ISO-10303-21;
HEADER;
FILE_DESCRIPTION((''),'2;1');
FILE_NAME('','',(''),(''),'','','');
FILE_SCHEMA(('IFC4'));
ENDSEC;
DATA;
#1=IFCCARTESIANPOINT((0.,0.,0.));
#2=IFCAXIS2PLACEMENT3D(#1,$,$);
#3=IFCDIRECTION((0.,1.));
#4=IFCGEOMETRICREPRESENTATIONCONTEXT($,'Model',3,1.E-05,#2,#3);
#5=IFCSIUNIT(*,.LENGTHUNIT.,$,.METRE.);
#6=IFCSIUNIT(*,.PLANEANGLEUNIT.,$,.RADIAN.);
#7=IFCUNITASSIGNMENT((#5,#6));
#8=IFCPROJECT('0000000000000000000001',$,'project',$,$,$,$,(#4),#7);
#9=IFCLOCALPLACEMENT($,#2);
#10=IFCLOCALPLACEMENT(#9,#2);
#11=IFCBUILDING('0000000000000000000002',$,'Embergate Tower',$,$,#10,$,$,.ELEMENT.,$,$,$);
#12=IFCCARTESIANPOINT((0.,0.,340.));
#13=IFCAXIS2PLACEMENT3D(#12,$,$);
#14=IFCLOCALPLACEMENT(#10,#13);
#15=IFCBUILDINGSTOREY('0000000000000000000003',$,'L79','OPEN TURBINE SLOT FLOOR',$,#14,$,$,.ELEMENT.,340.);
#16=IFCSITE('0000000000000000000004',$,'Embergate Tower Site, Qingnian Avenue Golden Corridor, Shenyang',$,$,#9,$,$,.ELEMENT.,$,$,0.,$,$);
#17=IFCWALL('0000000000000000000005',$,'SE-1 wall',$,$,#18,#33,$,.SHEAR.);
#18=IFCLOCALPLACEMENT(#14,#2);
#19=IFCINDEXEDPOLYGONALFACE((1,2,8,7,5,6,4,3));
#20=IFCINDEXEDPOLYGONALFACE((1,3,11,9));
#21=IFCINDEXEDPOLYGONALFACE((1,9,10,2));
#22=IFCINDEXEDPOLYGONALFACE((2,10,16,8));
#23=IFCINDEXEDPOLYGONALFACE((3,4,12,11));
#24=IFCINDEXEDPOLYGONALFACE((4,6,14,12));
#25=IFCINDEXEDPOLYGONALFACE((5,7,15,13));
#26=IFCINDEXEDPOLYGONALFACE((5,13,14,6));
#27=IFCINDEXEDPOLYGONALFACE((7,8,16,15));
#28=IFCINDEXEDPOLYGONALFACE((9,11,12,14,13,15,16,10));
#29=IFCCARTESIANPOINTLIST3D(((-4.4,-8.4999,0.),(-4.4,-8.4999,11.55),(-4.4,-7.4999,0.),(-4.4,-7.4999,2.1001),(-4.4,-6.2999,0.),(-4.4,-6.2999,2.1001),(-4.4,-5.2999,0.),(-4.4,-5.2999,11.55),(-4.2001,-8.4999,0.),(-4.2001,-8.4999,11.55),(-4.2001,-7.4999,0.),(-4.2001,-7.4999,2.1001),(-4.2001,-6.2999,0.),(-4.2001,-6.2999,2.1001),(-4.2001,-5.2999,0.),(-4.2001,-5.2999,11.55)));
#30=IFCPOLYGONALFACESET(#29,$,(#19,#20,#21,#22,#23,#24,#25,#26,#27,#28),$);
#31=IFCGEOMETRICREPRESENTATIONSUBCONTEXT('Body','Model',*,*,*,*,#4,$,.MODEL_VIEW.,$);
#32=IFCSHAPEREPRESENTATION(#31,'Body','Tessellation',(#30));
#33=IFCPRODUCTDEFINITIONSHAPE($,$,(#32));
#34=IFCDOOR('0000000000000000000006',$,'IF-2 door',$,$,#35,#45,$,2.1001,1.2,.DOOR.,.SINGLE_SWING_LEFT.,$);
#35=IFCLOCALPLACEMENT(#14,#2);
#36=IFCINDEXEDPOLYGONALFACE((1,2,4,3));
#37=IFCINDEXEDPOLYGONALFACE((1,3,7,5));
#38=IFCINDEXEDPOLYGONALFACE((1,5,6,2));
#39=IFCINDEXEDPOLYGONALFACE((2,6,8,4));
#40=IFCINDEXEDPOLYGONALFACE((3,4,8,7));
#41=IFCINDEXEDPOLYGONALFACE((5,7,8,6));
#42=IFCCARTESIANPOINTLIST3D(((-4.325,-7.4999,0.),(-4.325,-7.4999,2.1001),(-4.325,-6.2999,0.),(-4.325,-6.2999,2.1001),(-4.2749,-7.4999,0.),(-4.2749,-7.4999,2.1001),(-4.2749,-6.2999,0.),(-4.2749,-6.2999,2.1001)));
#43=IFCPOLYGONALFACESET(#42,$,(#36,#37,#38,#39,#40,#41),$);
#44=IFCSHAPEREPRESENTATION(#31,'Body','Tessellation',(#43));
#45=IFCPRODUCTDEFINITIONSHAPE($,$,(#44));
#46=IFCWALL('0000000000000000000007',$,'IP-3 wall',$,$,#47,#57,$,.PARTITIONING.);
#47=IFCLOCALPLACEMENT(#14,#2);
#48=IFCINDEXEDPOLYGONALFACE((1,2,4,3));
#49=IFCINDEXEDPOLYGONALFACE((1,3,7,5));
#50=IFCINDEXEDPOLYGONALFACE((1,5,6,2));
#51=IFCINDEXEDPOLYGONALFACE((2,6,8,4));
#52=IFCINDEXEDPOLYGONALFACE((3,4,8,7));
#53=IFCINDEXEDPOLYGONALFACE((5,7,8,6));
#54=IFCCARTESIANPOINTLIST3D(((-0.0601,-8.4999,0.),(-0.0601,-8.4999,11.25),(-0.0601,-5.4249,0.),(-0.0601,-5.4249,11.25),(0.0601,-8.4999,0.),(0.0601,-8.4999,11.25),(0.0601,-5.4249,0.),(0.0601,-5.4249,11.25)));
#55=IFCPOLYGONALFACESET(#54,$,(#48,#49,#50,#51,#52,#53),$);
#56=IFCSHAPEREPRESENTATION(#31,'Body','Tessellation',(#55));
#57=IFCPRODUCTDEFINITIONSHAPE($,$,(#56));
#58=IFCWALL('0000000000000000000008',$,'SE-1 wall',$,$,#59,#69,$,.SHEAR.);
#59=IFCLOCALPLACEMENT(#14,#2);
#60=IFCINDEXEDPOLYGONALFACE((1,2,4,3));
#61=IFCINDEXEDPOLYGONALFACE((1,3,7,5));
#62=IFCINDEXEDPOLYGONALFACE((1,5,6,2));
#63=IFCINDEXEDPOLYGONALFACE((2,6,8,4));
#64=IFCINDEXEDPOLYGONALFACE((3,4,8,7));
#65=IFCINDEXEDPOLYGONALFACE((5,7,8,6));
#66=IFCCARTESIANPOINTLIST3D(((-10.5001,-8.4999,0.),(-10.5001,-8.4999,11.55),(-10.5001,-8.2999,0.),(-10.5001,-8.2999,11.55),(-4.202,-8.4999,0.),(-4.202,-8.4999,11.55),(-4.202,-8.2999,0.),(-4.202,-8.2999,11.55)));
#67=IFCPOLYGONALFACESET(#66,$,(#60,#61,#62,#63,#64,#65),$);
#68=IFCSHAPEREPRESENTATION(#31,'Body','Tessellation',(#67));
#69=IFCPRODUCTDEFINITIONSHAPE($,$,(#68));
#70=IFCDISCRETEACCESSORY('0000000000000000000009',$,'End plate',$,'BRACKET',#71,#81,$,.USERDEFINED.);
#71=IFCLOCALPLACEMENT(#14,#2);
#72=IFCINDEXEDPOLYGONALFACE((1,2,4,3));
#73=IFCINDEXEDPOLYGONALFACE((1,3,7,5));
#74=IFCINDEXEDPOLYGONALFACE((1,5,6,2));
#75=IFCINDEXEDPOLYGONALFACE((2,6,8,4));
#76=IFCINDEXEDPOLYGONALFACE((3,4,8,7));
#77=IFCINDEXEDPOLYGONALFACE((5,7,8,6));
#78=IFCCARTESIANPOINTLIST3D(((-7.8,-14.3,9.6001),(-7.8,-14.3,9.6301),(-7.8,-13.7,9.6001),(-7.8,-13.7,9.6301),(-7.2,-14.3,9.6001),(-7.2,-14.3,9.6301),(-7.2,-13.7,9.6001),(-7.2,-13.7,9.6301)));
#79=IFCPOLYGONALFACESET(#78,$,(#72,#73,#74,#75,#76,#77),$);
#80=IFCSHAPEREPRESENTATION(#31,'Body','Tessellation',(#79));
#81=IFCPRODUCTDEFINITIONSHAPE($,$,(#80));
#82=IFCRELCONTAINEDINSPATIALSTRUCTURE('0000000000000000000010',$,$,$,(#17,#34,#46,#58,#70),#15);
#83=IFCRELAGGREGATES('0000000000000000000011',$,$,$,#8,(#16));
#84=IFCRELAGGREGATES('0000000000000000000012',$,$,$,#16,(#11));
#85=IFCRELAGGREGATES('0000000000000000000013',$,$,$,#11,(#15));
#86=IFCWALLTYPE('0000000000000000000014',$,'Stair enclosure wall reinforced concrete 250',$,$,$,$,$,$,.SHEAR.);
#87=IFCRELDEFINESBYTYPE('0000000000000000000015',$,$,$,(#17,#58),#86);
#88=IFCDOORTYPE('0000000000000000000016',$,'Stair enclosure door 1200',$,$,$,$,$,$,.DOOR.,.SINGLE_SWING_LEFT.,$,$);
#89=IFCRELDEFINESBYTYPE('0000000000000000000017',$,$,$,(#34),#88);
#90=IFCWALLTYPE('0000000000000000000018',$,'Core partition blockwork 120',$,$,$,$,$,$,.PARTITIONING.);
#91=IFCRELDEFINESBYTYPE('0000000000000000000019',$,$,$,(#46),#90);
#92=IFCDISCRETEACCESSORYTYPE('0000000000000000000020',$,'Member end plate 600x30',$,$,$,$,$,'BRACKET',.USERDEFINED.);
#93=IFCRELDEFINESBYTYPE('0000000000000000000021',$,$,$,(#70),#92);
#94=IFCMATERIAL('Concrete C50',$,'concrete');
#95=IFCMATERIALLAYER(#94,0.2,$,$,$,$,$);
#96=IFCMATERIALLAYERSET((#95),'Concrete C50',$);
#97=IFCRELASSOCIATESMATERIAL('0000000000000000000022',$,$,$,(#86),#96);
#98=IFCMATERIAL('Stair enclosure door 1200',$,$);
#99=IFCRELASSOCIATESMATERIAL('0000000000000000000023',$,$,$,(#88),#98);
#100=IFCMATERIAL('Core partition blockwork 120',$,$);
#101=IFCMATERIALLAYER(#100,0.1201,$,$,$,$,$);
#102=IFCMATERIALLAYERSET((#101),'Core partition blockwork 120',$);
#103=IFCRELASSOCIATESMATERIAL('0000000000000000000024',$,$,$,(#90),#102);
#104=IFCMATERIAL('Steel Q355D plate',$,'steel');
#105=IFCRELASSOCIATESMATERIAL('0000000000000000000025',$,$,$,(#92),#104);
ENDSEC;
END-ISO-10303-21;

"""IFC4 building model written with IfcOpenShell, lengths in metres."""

from ifc_helpers import new_model, si_unit, direction, frame, frame_2d, origin, origin_2d, place, context, subcontext, project, spatial, rectangle, extrude, source, transform, mapped, material, layer, layer_set, type_object, element, fill, save


model = new_model("IFC4")

# Units and contexts
model_context = context("Model", 3, precision=1e-05, world=origin(), true_north=direction((0.0, 1.0)))
body_context = subcontext(model_context, "Body", "Model", "MODEL_VIEW")
ifc_project = project(units=[si_unit("LENGTHUNIT", "METRE"), si_unit("PLANEANGLEUNIT", "RADIAN")], contexts=[model_context])

# Site, building, storey
site_placement = place(None, origin())
site = spatial("IfcSite", under=ifc_project, at=site_placement, Name="Embergate Tower Site, Qingnian Avenue Golden Corridor, Shenyang", CompositionType="ELEMENT", RefElevation=0.0)
building_placement = place(site_placement, origin())
building = spatial("IfcBuilding", under=site, at=building_placement, Name="Embergate Tower", CompositionType="ELEMENT")
storey_placement = place(building_placement, frame((0.0, 0.0, 340.0)))
storey = spatial("IfcBuildingStorey", under=building, at=storey_placement, Name="L79", Description="OPEN TURBINE SLOT FLOOR", CompositionType="ELEMENT", Elevation=340.0)

# Shared definitions
ifc_material_1 = material(Name="Concrete C50", Category="concrete")
shared_shape_1 = source(origin(), body_context, "Body", "SweptSolid", [
    extrude(rectangle(XDim=1.2, YDim=2.1001, at=frame_2d((0.6001, 1.05))), frame((0.0, 0.0249, 0.0), z_axis=(0.0, -1.0, 0.0), x_axis=(1.0, 0.0, 0.0)), (0.0, 0.0, 1.0), 0.05),
])

# Wall, opening, door
ifc_layer_1 = layer(ifc_material_1, 0.2)
ifc_layer_set_1 = layer_set([ifc_layer_1], Name="Concrete C50")
wall_type_1 = type_object("IfcWallType", Name="Stair enclosure wall reinforced concrete 250", PredefinedType="SHEAR", material=ifc_layer_set_1)
shared_shape_2 = source(origin(), body_context, "Body", "SweptSolid", [
    extrude(rectangle(XDim=3.2, YDim=0.2, at=frame_2d((1.6001, 0.0))), origin(), (0.0, 0.0, 1.0), 11.55),
])
wall_1_placement = place(storey_placement, frame((-4.3, -8.5, 0.0), z_axis=(0.0, 0.0, 1.0), x_axis=(0.0, 1.0, 0.0)))
wall_1 = element("IfcWall", 1, at=wall_1_placement, inside=storey, type_object=wall_type_1, Name="SE-1 wall", PredefinedType="SHEAR", context=body_context, shape_type="MappedRepresentation", body=[
    mapped(shared_shape_2, transform((0.0, 0.0, 0.0))),
])
shared_shape_3 = source(origin(), body_context, "Body", "SweptSolid", [
    extrude(rectangle(XDim=1.2, YDim=2.1001, at=frame_2d((0.6001, 1.05))), frame((0.0, 0.1099, 0.0), z_axis=(0.0, -1.0, 0.0), x_axis=(1.0, 0.0, 0.0)), (0.0, 0.0, 1.0), 0.22),
])
opening_1_placement = place(wall_1_placement, frame((1.0, 0.0, 0.0)))
opening_1 = element("IfcOpeningElement", 2, at=opening_1_placement, cuts=wall_1, PredefinedType="OPENING", context=body_context, shape_type="MappedRepresentation", body=[
    mapped(shared_shape_3, transform((0.0, 0.0, 0.0))),
])
ifc_material_2 = material(Name="Stair enclosure door 1200")
door_type_1 = type_object("IfcDoorType", Name="Stair enclosure door 1200", OperationType="SINGLE_SWING_LEFT", PredefinedType="DOOR", material=ifc_material_2)
door_1_placement = place(opening_1_placement, origin())
door_1 = element("IfcDoor", 3, at=door_1_placement, inside=storey, type_object=door_type_1, Name="IF-2 door", OperationType="SINGLE_SWING_LEFT", OverallHeight=2.1001, OverallWidth=1.2, PredefinedType="DOOR", context=body_context, shape_type="MappedRepresentation", body=[
    mapped(shared_shape_1, transform((0.0, 0.0, 0.0))),
])
fill(opening_1, door_1)

# Walls
ifc_material_3 = material(Name="Core partition blockwork 120")
ifc_layer_2 = layer(ifc_material_3, 0.1201)
ifc_layer_set_2 = layer_set([ifc_layer_2], Name="Core partition blockwork 120")
wall_type_2 = type_object("IfcWallType", Name="Core partition blockwork 120", PredefinedType="PARTITIONING", material=ifc_layer_set_2)
shared_shape_4 = source(origin(), body_context, "Body", "SweptSolid", [
    extrude(rectangle(XDim=3.075, YDim=0.1201, at=frame_2d((1.5376, 0.0))), origin(), (0.0, 0.0, 1.0), 11.25),
])
wall_2_placement = place(storey_placement, frame((0.0, -8.5, 0.0), z_axis=(0.0, 0.0, 1.0), x_axis=(0.0, 1.0, 0.0)))
element("IfcWall", 4, at=wall_2_placement, inside=storey, type_object=wall_type_2, Name="IP-3 wall", PredefinedType="PARTITIONING", context=body_context, shape_type="MappedRepresentation", body=[
    mapped(shared_shape_4, transform((0.0, 0.0, 0.0))),
])
shared_shape_5 = source(origin(), body_context, "Body", "SweptSolid", [
    extrude(rectangle(XDim=6.2981, YDim=0.2, at=frame_2d((3.1489, 0.0))), origin(), (0.0, 0.0, 1.0), 11.55),
])
wall_3_placement = place(storey_placement, frame((-10.5, -8.3999, 0.0), z_axis=(0.0, 0.0, 1.0), x_axis=(1.0, 0.0, 0.0)))
element("IfcWall", 5, at=wall_3_placement, inside=storey, type_object=wall_type_1, Name="SE-1 wall", PredefinedType="SHEAR", context=body_context, shape_type="MappedRepresentation", body=[
    mapped(shared_shape_5, transform((0.0, 0.0, 0.0))),
])

# Discrete accessory
ifc_material_4 = material(Name="Steel Q355D plate", Category="steel")
discrete_accessory_type = type_object("IfcDiscreteAccessoryType", Name="Member end plate 600x30", ElementType="BRACKET", PredefinedType="USERDEFINED", material=ifc_material_4)
shared_shape_6 = source(origin(), body_context, "Body", "SweptSolid", [
    extrude(rectangle(XDim=0.6001, YDim=0.6001, at=origin_2d()), origin(), (0.0, 0.0, 1.0), 0.03),
])
discrete_accessory_placement = place(storey_placement, frame((-7.5, -14.0, 9.6001), z_axis=(0.0, 0.0, 1.0), x_axis=(1.0, 0.0, 0.0)))
element("IfcDiscreteAccessory", 6, at=discrete_accessory_placement, inside=storey, type_object=discrete_accessory_type, Name="End plate", ObjectType="BRACKET", PredefinedType="USERDEFINED", context=body_context, shape_type="MappedRepresentation", body=[
    mapped(shared_shape_6, transform((0.0, 0.0, 0.0))),
])

save(model, "model.ifc")
